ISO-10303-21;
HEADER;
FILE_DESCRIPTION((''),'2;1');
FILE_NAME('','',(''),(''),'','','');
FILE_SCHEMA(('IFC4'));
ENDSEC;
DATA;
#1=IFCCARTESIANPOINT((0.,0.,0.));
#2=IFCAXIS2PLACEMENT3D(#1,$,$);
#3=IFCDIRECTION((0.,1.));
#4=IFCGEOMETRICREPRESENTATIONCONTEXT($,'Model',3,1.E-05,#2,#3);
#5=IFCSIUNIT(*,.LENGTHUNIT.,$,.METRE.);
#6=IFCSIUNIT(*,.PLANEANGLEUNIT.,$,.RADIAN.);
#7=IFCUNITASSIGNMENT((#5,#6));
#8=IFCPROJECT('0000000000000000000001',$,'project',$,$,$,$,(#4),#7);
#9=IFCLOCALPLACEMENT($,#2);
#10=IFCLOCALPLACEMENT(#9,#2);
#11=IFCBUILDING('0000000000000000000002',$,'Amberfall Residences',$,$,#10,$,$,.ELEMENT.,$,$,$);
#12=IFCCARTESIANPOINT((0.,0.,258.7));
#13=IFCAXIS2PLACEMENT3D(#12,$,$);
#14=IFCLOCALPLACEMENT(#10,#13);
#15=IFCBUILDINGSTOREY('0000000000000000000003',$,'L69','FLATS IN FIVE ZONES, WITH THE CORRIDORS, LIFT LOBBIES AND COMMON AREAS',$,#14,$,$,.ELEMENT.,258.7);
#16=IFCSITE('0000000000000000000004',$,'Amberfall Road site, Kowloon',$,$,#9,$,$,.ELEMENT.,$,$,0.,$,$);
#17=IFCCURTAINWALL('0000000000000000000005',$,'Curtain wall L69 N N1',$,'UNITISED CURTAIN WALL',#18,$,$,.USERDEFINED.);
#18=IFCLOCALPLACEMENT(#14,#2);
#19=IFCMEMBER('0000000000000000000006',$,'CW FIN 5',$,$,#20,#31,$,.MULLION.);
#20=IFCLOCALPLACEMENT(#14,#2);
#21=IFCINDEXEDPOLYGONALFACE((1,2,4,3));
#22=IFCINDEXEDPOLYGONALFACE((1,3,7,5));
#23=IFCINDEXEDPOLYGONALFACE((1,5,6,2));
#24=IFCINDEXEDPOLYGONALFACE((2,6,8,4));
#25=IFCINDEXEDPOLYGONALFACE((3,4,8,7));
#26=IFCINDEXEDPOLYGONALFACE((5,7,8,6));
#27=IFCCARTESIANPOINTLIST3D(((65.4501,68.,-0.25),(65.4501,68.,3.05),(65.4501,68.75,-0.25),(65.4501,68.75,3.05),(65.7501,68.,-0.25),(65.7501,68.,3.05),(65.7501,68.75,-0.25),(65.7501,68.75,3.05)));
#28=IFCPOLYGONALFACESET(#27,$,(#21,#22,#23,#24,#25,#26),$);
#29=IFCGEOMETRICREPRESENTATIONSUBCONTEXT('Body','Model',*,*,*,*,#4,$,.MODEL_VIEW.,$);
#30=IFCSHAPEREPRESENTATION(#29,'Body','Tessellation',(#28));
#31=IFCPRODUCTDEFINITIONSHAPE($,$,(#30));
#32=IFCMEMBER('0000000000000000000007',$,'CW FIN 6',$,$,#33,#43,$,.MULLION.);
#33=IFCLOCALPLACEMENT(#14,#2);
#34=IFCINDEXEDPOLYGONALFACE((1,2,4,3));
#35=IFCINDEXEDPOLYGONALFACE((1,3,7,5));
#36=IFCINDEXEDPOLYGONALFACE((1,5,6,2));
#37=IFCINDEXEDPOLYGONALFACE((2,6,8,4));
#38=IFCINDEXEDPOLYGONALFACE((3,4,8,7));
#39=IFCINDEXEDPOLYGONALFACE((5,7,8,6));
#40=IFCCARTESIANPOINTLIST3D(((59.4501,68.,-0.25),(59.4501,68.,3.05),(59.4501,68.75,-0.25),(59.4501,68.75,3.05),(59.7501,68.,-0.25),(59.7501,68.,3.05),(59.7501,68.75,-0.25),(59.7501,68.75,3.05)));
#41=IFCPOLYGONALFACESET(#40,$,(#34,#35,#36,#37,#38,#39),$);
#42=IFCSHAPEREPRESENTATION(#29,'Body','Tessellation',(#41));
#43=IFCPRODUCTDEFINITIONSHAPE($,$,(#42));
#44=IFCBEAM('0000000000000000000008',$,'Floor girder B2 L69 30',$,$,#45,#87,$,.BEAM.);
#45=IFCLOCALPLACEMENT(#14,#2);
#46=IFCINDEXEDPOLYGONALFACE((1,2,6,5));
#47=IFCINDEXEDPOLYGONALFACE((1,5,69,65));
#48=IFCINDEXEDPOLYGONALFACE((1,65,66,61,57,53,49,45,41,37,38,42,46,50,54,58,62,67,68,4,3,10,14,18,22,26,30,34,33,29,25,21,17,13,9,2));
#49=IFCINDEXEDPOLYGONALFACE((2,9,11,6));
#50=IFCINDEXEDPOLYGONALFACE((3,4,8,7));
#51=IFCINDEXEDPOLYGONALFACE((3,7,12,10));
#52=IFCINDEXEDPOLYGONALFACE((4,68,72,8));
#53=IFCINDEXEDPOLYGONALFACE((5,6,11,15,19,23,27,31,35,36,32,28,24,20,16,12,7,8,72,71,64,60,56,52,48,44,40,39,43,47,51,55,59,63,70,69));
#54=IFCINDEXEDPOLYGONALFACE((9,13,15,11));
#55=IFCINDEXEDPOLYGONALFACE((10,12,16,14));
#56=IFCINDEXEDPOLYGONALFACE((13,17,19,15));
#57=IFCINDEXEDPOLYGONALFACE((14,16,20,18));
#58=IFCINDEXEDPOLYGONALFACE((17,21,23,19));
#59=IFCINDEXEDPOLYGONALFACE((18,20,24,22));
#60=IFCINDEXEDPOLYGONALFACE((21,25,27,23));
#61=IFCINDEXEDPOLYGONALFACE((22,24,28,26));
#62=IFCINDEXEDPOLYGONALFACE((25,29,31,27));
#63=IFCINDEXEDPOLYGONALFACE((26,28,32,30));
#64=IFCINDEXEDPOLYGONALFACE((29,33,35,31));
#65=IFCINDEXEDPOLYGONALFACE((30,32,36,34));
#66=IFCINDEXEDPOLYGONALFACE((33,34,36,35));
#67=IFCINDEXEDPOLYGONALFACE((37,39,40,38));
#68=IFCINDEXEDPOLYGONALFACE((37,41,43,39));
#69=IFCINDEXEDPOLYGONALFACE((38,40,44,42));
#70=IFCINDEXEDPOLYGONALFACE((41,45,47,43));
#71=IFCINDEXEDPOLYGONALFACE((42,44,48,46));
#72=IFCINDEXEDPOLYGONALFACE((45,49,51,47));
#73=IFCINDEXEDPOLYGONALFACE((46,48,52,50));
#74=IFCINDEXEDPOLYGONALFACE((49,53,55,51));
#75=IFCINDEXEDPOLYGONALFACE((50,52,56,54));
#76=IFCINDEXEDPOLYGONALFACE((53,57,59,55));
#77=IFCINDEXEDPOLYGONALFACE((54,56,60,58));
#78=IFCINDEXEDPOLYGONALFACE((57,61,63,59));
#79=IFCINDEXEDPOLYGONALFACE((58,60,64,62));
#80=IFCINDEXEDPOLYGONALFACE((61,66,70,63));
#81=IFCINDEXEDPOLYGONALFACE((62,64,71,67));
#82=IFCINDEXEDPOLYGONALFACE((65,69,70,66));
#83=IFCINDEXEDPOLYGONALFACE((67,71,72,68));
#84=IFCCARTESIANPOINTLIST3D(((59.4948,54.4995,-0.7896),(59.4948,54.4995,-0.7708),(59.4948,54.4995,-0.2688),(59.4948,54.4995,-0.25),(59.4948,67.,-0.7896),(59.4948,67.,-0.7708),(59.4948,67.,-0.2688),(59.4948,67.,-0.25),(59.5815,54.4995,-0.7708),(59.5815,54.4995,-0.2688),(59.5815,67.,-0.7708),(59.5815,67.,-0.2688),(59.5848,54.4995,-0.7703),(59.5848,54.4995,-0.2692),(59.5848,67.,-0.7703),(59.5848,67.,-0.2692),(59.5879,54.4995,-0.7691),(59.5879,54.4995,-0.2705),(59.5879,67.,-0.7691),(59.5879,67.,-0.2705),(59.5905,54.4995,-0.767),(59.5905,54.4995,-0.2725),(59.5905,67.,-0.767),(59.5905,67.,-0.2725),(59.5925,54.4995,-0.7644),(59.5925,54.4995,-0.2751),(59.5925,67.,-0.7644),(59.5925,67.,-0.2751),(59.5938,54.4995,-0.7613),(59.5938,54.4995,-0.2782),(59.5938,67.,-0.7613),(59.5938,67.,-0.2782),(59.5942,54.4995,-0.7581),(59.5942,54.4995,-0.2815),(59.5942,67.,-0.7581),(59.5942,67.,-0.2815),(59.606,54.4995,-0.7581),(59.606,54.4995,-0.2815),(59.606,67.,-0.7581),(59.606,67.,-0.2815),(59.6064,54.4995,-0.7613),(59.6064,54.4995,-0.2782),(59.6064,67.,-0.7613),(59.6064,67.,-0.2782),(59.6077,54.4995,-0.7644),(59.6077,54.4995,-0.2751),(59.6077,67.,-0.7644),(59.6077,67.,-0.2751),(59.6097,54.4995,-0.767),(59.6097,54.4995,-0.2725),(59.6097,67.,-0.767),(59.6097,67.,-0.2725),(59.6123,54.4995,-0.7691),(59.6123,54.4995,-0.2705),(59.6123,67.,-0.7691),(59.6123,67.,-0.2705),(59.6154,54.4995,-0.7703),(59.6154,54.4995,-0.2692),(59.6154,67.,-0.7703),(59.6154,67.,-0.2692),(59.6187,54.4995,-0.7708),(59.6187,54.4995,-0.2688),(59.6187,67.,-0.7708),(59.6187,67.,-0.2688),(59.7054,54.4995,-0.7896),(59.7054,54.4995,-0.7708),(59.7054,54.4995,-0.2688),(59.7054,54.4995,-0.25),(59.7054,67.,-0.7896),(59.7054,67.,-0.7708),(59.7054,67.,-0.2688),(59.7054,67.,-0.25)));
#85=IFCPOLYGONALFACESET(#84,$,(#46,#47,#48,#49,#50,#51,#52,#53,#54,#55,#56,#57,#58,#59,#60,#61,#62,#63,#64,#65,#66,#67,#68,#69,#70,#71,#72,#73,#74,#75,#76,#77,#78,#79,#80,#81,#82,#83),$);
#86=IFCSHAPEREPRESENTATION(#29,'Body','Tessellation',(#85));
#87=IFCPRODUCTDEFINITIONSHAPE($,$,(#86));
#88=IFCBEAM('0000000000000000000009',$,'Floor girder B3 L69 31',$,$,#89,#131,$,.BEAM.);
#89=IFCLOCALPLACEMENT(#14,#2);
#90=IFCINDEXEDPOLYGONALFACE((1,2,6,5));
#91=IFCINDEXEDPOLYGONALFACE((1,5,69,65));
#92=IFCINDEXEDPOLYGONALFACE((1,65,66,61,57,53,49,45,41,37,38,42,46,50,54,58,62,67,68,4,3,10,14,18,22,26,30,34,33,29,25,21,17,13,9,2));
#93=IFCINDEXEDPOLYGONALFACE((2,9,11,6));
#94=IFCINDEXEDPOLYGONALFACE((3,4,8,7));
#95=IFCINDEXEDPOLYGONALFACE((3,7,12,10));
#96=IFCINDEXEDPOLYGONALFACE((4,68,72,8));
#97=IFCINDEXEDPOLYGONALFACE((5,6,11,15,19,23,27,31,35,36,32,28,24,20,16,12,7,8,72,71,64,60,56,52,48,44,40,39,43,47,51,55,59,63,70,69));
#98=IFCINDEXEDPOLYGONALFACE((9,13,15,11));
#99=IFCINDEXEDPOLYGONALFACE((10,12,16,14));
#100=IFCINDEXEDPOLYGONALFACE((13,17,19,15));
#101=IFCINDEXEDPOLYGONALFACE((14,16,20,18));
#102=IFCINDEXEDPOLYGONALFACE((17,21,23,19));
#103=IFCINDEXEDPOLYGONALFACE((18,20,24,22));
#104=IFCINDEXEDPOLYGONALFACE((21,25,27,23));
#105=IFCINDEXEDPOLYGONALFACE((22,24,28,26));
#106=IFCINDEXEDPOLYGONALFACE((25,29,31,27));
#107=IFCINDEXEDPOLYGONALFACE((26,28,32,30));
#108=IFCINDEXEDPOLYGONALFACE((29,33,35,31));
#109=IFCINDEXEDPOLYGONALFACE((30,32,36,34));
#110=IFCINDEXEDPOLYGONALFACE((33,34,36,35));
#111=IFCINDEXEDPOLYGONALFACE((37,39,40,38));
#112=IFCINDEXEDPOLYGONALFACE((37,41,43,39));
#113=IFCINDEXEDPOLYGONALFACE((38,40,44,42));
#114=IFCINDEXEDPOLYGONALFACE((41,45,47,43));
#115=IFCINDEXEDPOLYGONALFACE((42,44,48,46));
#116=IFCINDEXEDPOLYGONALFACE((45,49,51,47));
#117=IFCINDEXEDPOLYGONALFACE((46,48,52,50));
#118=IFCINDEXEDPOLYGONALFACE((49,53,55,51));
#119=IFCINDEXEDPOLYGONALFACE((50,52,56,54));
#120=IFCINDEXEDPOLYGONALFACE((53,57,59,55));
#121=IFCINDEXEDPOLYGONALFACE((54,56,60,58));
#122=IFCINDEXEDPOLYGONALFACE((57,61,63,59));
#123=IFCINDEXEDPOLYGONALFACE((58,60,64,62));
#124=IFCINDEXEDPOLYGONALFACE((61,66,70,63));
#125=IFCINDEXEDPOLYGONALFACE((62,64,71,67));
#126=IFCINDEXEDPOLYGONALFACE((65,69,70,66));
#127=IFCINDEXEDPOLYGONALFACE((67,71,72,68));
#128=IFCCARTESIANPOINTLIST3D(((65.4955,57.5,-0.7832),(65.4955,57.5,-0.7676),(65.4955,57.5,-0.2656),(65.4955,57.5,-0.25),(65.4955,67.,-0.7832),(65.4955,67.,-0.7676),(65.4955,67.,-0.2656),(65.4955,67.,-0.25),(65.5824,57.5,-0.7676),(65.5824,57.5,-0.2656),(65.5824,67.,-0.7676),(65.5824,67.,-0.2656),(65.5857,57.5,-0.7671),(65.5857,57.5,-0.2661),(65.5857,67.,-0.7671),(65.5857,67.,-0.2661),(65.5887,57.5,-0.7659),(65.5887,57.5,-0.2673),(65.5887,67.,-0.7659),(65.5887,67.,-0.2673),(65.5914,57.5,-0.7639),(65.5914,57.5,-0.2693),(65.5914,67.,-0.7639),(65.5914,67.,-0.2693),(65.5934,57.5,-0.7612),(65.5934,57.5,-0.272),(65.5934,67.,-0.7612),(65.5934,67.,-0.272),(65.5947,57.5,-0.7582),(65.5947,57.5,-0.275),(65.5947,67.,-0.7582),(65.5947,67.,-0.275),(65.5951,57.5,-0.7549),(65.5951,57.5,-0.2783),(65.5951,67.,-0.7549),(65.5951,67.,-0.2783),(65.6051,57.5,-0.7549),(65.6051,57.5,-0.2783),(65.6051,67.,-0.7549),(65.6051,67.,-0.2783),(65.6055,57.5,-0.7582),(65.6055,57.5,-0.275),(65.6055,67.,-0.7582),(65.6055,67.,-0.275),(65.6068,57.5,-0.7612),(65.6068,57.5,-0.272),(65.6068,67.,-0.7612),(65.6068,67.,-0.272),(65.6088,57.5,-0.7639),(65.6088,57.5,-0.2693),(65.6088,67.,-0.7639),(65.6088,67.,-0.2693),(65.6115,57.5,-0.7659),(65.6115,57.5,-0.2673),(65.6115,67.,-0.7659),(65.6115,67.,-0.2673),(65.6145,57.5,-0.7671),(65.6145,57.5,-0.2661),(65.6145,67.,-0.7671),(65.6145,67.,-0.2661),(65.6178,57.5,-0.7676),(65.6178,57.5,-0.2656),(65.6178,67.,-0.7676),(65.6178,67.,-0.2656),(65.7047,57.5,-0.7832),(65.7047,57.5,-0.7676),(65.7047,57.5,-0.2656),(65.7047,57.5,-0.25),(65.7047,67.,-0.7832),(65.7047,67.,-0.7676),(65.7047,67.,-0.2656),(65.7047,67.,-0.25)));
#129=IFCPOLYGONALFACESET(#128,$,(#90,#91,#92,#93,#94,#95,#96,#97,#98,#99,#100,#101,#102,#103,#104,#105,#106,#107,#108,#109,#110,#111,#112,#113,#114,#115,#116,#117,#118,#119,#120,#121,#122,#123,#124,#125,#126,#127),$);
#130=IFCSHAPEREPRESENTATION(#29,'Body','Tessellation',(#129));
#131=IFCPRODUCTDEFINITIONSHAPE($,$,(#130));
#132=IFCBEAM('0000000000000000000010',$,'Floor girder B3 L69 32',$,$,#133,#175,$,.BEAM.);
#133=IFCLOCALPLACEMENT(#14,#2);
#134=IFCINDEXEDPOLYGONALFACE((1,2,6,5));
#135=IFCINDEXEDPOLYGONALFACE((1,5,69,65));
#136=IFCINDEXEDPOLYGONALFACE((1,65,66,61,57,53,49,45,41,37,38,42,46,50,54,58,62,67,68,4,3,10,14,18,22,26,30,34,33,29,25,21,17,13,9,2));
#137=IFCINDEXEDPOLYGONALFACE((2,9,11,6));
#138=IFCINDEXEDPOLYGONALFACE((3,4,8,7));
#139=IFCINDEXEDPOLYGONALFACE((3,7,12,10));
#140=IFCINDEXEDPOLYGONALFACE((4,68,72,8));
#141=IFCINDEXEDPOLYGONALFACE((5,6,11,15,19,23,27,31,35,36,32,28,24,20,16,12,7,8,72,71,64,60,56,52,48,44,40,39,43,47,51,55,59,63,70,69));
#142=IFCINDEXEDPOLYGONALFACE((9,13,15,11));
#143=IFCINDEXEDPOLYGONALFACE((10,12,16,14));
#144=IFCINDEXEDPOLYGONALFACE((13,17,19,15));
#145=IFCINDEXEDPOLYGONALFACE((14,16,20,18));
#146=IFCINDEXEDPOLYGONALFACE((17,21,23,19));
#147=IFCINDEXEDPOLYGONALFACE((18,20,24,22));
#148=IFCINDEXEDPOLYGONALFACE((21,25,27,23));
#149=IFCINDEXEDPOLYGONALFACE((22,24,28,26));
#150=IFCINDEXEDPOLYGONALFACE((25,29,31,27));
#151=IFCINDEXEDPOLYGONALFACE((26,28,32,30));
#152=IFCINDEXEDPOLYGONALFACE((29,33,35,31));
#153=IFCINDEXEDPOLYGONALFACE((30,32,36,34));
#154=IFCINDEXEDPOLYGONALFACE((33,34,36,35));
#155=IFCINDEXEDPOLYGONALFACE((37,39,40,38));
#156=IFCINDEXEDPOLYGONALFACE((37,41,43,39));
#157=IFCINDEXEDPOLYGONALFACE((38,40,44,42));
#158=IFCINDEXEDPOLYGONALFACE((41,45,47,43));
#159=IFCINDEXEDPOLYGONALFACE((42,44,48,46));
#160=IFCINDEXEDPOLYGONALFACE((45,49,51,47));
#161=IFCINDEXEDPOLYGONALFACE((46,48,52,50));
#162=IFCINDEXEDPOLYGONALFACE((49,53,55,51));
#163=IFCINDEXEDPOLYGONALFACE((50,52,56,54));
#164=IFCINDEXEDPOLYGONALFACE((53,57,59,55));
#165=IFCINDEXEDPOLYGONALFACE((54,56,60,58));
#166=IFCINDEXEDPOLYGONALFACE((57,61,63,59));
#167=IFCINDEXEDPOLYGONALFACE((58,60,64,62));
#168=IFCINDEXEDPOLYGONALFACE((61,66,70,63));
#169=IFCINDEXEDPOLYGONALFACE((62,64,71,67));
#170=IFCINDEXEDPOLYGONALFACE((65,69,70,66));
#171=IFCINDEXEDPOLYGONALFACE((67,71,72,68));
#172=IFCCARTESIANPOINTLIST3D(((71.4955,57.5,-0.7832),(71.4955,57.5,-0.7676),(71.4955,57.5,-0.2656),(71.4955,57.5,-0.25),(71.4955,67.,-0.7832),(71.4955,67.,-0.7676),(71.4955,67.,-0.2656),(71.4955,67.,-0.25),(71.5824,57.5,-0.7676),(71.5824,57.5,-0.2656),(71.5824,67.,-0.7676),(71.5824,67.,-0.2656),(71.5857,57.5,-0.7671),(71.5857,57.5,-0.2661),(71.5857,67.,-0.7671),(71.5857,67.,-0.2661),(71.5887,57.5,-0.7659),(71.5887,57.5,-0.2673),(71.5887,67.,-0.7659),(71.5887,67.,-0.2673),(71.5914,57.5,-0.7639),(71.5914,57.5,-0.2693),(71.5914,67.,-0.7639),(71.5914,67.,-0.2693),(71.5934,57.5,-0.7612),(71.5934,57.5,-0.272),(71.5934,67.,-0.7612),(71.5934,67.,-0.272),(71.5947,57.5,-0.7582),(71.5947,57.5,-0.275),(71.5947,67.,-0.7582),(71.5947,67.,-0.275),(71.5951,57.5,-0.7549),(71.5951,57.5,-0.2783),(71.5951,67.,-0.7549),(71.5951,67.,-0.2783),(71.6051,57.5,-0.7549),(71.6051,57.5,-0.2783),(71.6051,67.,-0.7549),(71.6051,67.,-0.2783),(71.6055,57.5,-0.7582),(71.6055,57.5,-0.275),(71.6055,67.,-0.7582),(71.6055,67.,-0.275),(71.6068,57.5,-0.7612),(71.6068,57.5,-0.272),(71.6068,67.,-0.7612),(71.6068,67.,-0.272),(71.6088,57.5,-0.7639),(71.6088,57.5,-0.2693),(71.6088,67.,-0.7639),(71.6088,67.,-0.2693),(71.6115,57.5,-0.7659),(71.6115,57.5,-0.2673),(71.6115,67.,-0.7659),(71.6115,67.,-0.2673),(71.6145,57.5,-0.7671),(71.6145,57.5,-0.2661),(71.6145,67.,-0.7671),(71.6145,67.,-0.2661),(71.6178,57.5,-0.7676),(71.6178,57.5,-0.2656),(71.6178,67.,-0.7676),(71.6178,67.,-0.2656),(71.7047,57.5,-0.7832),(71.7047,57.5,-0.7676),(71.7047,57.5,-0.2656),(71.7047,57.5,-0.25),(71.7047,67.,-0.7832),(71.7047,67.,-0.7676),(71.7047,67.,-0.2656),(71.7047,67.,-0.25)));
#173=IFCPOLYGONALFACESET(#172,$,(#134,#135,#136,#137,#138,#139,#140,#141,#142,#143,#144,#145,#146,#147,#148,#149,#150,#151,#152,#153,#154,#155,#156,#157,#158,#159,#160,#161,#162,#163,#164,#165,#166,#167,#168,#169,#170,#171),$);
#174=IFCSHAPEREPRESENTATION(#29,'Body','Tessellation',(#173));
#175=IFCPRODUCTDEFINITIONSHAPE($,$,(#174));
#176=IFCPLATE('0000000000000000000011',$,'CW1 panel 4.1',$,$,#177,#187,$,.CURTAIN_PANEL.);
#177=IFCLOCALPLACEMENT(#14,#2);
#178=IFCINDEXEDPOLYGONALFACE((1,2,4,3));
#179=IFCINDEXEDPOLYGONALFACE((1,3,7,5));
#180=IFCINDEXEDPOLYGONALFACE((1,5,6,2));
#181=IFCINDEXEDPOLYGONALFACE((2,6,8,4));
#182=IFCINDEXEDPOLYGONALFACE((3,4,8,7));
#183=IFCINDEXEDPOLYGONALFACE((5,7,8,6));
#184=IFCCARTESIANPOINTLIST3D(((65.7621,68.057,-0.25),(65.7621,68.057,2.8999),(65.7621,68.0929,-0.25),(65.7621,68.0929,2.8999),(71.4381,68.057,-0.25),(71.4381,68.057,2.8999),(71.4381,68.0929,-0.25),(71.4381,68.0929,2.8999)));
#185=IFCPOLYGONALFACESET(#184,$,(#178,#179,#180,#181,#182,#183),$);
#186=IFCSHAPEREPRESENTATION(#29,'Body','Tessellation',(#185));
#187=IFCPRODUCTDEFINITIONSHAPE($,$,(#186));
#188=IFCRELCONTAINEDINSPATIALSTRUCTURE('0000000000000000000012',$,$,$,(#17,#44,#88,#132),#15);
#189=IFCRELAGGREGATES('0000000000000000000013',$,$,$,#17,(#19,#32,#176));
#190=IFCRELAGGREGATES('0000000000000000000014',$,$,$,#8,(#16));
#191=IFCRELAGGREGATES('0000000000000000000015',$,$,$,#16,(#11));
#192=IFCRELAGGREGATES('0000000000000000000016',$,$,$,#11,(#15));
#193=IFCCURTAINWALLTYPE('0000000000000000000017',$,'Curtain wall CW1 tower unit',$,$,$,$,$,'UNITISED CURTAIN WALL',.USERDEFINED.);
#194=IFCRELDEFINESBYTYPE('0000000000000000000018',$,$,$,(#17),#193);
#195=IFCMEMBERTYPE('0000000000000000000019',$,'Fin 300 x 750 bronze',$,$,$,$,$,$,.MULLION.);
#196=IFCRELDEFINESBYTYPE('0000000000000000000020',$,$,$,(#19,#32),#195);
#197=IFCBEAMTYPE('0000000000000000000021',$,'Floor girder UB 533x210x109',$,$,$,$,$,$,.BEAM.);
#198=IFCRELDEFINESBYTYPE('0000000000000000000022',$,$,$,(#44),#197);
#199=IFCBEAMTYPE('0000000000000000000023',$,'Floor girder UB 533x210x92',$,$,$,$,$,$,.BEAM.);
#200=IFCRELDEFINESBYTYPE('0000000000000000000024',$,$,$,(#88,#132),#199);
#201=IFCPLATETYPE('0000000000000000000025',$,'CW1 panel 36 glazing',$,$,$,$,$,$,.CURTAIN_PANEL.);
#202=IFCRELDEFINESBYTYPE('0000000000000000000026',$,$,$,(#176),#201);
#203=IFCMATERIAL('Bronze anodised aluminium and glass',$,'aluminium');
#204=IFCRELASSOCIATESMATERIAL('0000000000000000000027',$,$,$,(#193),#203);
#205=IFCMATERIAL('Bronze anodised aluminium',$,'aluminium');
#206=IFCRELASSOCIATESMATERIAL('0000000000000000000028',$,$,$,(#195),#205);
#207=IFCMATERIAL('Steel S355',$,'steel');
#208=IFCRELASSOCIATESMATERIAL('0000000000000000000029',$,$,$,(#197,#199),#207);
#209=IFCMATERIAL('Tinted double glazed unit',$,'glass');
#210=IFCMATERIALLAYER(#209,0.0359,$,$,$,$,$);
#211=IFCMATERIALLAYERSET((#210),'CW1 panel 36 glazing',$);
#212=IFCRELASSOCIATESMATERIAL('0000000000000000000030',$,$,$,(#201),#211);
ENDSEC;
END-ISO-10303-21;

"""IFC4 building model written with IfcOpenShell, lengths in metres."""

from ifc_helpers import new_model, si_unit, direction, frame, origin, origin_2d, place, context, subcontext, project, spatial, rectangle, i_section, extrude, material, layer, layer_set, material_profile, profile_set, type_object, element, aggregate, save


model = new_model("IFC4")

# Units and contexts
model_context = context("Model", 3, precision=1e-05, world=origin(), true_north=direction((0.0, 1.0)))
body_context = subcontext(model_context, "Body", "Model", "MODEL_VIEW")
ifc_project = project(units=[si_unit("LENGTHUNIT", "METRE"), si_unit("PLANEANGLEUNIT", "RADIAN")], contexts=[model_context])

# Site, building, storey
site_placement = place(None, origin())
site = spatial("IfcSite", under=ifc_project, at=site_placement, Name="Amberfall Road site, Kowloon", CompositionType="ELEMENT", RefElevation=0.0)
building_placement = place(site_placement, origin())
building = spatial("IfcBuilding", under=site, at=building_placement, Name="Amberfall Residences", CompositionType="ELEMENT")
storey_placement = place(building_placement, frame((0.0, 0.0, 258.7)))
storey = spatial("IfcBuildingStorey", under=building, at=storey_placement, Name="L69", Description="FLATS IN FIVE ZONES, WITH THE CORRIDORS, LIFT LOBBIES AND COMMON AREAS", CompositionType="ELEMENT", Elevation=258.7)

# Curtain wall
ifc_material_1 = material(Name="Bronze anodised aluminium and glass", Category="aluminium")
curtain_wall_type = type_object("IfcCurtainWallType", Name="Curtain wall CW1 tower unit", ElementType="UNITISED CURTAIN WALL", PredefinedType="USERDEFINED", material=ifc_material_1)
curtain_wall_placement = place(storey_placement, origin())
curtain_wall = element("IfcCurtainWall", 1, at=curtain_wall_placement, inside=storey, type_object=curtain_wall_type, Name="Curtain wall L69 N N1", ObjectType="UNITISED CURTAIN WALL", PredefinedType="USERDEFINED")
ifc_material_2 = material(Name="Bronze anodised aluminium", Category="aluminium")

# Shared definitions
ifc_material_3 = material(Name="Steel S355", Category="steel")

# Members
ifc_material_profile_1 = material_profile(ifc_material_2, rectangle(XDim=0.75, YDim=0.3, at=origin_2d()), Name="Fin 300 x 750 bronze")
ifc_profile_set_1 = profile_set([ifc_material_profile_1], Name="Bronze anodised aluminium")
member_type_1 = type_object("IfcMemberType", Name="Fin 300 x 750 bronze", PredefinedType="MULLION", material=ifc_profile_set_1)
member_1_placement = place(storey_placement, frame((65.6001, 68.375, -0.25), z_axis=(0.0, 0.0, 1.0), x_axis=(0.0, -1.0, 0.0)))
member_1 = element("IfcMember", 2, at=member_1_placement, type_object=member_type_1, Name="CW FIN 5", PredefinedType="MULLION", context=body_context, shape_type="SweptSolid", body=[
    extrude(rectangle(XDim=0.75, YDim=0.3, at=origin_2d()), origin(), (0.0, 0.0, 1.0), 3.3),
])
member_2_placement = place(storey_placement, frame((59.6001, 68.375, -0.25), z_axis=(0.0, 0.0, 1.0), x_axis=(0.0, -1.0, 0.0)))
member_2 = element("IfcMember", 3, at=member_2_placement, type_object=member_type_1, Name="CW FIN 6", PredefinedType="MULLION", context=body_context, shape_type="SweptSolid", body=[
    extrude(rectangle(XDim=0.75, YDim=0.3, at=origin_2d()), origin(), (0.0, 0.0, 1.0), 3.3),
])

# Beams
ifc_material_profile_2 = material_profile(ifc_material_3, i_section(OverallWidth=0.2107, OverallDepth=0.5396, WebThickness=0.0117, FlangeThickness=0.0188, FilletRadius=0.0127, at=origin_2d()), Name="UB 533x210x109")
ifc_profile_set_2 = profile_set([ifc_material_profile_2], Name="Steel S355")
beam_type_1 = type_object("IfcBeamType", Name="Floor girder UB 533x210x109", PredefinedType="BEAM", material=ifc_profile_set_2)
beam_placement = place(storey_placement, frame((59.6001, 67.0, -0.5198), z_axis=(0.0, -1.0, 0.0), x_axis=(1.0, 0.0, 0.0)))
element("IfcBeam", 4, at=beam_placement, inside=storey, type_object=beam_type_1, Name="Floor girder B2 L69 30", PredefinedType="BEAM", context=body_context, shape_type="SweptSolid", body=[
    extrude(i_section(OverallWidth=0.2107, OverallDepth=0.5396, WebThickness=0.0117, FlangeThickness=0.0188, FilletRadius=0.0127, at=origin_2d()), origin(), (0.0, 0.0, 1.0), 12.5005),
])
ifc_material_profile_3 = material_profile(ifc_material_3, i_section(OverallWidth=0.2092, OverallDepth=0.5332, WebThickness=0.01, FlangeThickness=0.0156, FilletRadius=0.0127, at=origin_2d()), Name="UB 533x210x92")
ifc_profile_set_3 = profile_set([ifc_material_profile_3], Name="Steel S355")
beam_type_2 = type_object("IfcBeamType", Name="Floor girder UB 533x210x92", PredefinedType="BEAM", material=ifc_profile_set_3)
for number, where, z_axis, x_axis, name in (
    (5, (65.6001, 67.0, -0.5166), (0.0, -1.0, 0.0), (1.0, 0.0, 0.0), "Floor girder B3 L69 31"),
    (6, (71.6001, 67.0, -0.5166), (0.0, -1.0, 0.0), (1.0, 0.0, 0.0), "Floor girder B3 L69 32"),
):
    element("IfcBeam", number, at=place(storey_placement, frame(where, z_axis=z_axis, x_axis=x_axis)), inside=storey, type_object=beam_type_2, Name=name, PredefinedType="BEAM", context=body_context, shape_type="SweptSolid", body=[
        extrude(i_section(OverallWidth=0.2092, OverallDepth=0.5332, WebThickness=0.01, FlangeThickness=0.0156, FilletRadius=0.0127, at=origin_2d()), origin(), (0.0, 0.0, 1.0), 9.5),
    ])

# Plate
ifc_material_4 = material(Name="Tinted double glazed unit", Category="glass")
ifc_layer_1 = layer(ifc_material_4, 0.0359)
ifc_layer_set_1 = layer_set([ifc_layer_1], Name="CW1 panel 36 glazing")
plate_type = type_object("IfcPlateType", Name="CW1 panel 36 glazing", PredefinedType="CURTAIN_PANEL", material=ifc_layer_set_1)
plate_1_placement = place(storey_placement, frame((68.6001, 68.075, -0.25), z_axis=(0.0, 0.0, 1.0), x_axis=(-1.0, 0.0, 0.0)))
plate_1 = element("IfcPlate", 7, at=plate_1_placement, type_object=plate_type, Name="CW1 panel 4.1", PredefinedType="CURTAIN_PANEL", context=body_context, shape_type="SweptSolid", body=[
    extrude(rectangle(XDim=5.676, YDim=0.0359, at=origin_2d()), origin(), (0.0, 0.0, 1.0), 3.1499),
])
aggregate(curtain_wall, [member_1, member_2, plate_1])

save(model, "model.ifc")
